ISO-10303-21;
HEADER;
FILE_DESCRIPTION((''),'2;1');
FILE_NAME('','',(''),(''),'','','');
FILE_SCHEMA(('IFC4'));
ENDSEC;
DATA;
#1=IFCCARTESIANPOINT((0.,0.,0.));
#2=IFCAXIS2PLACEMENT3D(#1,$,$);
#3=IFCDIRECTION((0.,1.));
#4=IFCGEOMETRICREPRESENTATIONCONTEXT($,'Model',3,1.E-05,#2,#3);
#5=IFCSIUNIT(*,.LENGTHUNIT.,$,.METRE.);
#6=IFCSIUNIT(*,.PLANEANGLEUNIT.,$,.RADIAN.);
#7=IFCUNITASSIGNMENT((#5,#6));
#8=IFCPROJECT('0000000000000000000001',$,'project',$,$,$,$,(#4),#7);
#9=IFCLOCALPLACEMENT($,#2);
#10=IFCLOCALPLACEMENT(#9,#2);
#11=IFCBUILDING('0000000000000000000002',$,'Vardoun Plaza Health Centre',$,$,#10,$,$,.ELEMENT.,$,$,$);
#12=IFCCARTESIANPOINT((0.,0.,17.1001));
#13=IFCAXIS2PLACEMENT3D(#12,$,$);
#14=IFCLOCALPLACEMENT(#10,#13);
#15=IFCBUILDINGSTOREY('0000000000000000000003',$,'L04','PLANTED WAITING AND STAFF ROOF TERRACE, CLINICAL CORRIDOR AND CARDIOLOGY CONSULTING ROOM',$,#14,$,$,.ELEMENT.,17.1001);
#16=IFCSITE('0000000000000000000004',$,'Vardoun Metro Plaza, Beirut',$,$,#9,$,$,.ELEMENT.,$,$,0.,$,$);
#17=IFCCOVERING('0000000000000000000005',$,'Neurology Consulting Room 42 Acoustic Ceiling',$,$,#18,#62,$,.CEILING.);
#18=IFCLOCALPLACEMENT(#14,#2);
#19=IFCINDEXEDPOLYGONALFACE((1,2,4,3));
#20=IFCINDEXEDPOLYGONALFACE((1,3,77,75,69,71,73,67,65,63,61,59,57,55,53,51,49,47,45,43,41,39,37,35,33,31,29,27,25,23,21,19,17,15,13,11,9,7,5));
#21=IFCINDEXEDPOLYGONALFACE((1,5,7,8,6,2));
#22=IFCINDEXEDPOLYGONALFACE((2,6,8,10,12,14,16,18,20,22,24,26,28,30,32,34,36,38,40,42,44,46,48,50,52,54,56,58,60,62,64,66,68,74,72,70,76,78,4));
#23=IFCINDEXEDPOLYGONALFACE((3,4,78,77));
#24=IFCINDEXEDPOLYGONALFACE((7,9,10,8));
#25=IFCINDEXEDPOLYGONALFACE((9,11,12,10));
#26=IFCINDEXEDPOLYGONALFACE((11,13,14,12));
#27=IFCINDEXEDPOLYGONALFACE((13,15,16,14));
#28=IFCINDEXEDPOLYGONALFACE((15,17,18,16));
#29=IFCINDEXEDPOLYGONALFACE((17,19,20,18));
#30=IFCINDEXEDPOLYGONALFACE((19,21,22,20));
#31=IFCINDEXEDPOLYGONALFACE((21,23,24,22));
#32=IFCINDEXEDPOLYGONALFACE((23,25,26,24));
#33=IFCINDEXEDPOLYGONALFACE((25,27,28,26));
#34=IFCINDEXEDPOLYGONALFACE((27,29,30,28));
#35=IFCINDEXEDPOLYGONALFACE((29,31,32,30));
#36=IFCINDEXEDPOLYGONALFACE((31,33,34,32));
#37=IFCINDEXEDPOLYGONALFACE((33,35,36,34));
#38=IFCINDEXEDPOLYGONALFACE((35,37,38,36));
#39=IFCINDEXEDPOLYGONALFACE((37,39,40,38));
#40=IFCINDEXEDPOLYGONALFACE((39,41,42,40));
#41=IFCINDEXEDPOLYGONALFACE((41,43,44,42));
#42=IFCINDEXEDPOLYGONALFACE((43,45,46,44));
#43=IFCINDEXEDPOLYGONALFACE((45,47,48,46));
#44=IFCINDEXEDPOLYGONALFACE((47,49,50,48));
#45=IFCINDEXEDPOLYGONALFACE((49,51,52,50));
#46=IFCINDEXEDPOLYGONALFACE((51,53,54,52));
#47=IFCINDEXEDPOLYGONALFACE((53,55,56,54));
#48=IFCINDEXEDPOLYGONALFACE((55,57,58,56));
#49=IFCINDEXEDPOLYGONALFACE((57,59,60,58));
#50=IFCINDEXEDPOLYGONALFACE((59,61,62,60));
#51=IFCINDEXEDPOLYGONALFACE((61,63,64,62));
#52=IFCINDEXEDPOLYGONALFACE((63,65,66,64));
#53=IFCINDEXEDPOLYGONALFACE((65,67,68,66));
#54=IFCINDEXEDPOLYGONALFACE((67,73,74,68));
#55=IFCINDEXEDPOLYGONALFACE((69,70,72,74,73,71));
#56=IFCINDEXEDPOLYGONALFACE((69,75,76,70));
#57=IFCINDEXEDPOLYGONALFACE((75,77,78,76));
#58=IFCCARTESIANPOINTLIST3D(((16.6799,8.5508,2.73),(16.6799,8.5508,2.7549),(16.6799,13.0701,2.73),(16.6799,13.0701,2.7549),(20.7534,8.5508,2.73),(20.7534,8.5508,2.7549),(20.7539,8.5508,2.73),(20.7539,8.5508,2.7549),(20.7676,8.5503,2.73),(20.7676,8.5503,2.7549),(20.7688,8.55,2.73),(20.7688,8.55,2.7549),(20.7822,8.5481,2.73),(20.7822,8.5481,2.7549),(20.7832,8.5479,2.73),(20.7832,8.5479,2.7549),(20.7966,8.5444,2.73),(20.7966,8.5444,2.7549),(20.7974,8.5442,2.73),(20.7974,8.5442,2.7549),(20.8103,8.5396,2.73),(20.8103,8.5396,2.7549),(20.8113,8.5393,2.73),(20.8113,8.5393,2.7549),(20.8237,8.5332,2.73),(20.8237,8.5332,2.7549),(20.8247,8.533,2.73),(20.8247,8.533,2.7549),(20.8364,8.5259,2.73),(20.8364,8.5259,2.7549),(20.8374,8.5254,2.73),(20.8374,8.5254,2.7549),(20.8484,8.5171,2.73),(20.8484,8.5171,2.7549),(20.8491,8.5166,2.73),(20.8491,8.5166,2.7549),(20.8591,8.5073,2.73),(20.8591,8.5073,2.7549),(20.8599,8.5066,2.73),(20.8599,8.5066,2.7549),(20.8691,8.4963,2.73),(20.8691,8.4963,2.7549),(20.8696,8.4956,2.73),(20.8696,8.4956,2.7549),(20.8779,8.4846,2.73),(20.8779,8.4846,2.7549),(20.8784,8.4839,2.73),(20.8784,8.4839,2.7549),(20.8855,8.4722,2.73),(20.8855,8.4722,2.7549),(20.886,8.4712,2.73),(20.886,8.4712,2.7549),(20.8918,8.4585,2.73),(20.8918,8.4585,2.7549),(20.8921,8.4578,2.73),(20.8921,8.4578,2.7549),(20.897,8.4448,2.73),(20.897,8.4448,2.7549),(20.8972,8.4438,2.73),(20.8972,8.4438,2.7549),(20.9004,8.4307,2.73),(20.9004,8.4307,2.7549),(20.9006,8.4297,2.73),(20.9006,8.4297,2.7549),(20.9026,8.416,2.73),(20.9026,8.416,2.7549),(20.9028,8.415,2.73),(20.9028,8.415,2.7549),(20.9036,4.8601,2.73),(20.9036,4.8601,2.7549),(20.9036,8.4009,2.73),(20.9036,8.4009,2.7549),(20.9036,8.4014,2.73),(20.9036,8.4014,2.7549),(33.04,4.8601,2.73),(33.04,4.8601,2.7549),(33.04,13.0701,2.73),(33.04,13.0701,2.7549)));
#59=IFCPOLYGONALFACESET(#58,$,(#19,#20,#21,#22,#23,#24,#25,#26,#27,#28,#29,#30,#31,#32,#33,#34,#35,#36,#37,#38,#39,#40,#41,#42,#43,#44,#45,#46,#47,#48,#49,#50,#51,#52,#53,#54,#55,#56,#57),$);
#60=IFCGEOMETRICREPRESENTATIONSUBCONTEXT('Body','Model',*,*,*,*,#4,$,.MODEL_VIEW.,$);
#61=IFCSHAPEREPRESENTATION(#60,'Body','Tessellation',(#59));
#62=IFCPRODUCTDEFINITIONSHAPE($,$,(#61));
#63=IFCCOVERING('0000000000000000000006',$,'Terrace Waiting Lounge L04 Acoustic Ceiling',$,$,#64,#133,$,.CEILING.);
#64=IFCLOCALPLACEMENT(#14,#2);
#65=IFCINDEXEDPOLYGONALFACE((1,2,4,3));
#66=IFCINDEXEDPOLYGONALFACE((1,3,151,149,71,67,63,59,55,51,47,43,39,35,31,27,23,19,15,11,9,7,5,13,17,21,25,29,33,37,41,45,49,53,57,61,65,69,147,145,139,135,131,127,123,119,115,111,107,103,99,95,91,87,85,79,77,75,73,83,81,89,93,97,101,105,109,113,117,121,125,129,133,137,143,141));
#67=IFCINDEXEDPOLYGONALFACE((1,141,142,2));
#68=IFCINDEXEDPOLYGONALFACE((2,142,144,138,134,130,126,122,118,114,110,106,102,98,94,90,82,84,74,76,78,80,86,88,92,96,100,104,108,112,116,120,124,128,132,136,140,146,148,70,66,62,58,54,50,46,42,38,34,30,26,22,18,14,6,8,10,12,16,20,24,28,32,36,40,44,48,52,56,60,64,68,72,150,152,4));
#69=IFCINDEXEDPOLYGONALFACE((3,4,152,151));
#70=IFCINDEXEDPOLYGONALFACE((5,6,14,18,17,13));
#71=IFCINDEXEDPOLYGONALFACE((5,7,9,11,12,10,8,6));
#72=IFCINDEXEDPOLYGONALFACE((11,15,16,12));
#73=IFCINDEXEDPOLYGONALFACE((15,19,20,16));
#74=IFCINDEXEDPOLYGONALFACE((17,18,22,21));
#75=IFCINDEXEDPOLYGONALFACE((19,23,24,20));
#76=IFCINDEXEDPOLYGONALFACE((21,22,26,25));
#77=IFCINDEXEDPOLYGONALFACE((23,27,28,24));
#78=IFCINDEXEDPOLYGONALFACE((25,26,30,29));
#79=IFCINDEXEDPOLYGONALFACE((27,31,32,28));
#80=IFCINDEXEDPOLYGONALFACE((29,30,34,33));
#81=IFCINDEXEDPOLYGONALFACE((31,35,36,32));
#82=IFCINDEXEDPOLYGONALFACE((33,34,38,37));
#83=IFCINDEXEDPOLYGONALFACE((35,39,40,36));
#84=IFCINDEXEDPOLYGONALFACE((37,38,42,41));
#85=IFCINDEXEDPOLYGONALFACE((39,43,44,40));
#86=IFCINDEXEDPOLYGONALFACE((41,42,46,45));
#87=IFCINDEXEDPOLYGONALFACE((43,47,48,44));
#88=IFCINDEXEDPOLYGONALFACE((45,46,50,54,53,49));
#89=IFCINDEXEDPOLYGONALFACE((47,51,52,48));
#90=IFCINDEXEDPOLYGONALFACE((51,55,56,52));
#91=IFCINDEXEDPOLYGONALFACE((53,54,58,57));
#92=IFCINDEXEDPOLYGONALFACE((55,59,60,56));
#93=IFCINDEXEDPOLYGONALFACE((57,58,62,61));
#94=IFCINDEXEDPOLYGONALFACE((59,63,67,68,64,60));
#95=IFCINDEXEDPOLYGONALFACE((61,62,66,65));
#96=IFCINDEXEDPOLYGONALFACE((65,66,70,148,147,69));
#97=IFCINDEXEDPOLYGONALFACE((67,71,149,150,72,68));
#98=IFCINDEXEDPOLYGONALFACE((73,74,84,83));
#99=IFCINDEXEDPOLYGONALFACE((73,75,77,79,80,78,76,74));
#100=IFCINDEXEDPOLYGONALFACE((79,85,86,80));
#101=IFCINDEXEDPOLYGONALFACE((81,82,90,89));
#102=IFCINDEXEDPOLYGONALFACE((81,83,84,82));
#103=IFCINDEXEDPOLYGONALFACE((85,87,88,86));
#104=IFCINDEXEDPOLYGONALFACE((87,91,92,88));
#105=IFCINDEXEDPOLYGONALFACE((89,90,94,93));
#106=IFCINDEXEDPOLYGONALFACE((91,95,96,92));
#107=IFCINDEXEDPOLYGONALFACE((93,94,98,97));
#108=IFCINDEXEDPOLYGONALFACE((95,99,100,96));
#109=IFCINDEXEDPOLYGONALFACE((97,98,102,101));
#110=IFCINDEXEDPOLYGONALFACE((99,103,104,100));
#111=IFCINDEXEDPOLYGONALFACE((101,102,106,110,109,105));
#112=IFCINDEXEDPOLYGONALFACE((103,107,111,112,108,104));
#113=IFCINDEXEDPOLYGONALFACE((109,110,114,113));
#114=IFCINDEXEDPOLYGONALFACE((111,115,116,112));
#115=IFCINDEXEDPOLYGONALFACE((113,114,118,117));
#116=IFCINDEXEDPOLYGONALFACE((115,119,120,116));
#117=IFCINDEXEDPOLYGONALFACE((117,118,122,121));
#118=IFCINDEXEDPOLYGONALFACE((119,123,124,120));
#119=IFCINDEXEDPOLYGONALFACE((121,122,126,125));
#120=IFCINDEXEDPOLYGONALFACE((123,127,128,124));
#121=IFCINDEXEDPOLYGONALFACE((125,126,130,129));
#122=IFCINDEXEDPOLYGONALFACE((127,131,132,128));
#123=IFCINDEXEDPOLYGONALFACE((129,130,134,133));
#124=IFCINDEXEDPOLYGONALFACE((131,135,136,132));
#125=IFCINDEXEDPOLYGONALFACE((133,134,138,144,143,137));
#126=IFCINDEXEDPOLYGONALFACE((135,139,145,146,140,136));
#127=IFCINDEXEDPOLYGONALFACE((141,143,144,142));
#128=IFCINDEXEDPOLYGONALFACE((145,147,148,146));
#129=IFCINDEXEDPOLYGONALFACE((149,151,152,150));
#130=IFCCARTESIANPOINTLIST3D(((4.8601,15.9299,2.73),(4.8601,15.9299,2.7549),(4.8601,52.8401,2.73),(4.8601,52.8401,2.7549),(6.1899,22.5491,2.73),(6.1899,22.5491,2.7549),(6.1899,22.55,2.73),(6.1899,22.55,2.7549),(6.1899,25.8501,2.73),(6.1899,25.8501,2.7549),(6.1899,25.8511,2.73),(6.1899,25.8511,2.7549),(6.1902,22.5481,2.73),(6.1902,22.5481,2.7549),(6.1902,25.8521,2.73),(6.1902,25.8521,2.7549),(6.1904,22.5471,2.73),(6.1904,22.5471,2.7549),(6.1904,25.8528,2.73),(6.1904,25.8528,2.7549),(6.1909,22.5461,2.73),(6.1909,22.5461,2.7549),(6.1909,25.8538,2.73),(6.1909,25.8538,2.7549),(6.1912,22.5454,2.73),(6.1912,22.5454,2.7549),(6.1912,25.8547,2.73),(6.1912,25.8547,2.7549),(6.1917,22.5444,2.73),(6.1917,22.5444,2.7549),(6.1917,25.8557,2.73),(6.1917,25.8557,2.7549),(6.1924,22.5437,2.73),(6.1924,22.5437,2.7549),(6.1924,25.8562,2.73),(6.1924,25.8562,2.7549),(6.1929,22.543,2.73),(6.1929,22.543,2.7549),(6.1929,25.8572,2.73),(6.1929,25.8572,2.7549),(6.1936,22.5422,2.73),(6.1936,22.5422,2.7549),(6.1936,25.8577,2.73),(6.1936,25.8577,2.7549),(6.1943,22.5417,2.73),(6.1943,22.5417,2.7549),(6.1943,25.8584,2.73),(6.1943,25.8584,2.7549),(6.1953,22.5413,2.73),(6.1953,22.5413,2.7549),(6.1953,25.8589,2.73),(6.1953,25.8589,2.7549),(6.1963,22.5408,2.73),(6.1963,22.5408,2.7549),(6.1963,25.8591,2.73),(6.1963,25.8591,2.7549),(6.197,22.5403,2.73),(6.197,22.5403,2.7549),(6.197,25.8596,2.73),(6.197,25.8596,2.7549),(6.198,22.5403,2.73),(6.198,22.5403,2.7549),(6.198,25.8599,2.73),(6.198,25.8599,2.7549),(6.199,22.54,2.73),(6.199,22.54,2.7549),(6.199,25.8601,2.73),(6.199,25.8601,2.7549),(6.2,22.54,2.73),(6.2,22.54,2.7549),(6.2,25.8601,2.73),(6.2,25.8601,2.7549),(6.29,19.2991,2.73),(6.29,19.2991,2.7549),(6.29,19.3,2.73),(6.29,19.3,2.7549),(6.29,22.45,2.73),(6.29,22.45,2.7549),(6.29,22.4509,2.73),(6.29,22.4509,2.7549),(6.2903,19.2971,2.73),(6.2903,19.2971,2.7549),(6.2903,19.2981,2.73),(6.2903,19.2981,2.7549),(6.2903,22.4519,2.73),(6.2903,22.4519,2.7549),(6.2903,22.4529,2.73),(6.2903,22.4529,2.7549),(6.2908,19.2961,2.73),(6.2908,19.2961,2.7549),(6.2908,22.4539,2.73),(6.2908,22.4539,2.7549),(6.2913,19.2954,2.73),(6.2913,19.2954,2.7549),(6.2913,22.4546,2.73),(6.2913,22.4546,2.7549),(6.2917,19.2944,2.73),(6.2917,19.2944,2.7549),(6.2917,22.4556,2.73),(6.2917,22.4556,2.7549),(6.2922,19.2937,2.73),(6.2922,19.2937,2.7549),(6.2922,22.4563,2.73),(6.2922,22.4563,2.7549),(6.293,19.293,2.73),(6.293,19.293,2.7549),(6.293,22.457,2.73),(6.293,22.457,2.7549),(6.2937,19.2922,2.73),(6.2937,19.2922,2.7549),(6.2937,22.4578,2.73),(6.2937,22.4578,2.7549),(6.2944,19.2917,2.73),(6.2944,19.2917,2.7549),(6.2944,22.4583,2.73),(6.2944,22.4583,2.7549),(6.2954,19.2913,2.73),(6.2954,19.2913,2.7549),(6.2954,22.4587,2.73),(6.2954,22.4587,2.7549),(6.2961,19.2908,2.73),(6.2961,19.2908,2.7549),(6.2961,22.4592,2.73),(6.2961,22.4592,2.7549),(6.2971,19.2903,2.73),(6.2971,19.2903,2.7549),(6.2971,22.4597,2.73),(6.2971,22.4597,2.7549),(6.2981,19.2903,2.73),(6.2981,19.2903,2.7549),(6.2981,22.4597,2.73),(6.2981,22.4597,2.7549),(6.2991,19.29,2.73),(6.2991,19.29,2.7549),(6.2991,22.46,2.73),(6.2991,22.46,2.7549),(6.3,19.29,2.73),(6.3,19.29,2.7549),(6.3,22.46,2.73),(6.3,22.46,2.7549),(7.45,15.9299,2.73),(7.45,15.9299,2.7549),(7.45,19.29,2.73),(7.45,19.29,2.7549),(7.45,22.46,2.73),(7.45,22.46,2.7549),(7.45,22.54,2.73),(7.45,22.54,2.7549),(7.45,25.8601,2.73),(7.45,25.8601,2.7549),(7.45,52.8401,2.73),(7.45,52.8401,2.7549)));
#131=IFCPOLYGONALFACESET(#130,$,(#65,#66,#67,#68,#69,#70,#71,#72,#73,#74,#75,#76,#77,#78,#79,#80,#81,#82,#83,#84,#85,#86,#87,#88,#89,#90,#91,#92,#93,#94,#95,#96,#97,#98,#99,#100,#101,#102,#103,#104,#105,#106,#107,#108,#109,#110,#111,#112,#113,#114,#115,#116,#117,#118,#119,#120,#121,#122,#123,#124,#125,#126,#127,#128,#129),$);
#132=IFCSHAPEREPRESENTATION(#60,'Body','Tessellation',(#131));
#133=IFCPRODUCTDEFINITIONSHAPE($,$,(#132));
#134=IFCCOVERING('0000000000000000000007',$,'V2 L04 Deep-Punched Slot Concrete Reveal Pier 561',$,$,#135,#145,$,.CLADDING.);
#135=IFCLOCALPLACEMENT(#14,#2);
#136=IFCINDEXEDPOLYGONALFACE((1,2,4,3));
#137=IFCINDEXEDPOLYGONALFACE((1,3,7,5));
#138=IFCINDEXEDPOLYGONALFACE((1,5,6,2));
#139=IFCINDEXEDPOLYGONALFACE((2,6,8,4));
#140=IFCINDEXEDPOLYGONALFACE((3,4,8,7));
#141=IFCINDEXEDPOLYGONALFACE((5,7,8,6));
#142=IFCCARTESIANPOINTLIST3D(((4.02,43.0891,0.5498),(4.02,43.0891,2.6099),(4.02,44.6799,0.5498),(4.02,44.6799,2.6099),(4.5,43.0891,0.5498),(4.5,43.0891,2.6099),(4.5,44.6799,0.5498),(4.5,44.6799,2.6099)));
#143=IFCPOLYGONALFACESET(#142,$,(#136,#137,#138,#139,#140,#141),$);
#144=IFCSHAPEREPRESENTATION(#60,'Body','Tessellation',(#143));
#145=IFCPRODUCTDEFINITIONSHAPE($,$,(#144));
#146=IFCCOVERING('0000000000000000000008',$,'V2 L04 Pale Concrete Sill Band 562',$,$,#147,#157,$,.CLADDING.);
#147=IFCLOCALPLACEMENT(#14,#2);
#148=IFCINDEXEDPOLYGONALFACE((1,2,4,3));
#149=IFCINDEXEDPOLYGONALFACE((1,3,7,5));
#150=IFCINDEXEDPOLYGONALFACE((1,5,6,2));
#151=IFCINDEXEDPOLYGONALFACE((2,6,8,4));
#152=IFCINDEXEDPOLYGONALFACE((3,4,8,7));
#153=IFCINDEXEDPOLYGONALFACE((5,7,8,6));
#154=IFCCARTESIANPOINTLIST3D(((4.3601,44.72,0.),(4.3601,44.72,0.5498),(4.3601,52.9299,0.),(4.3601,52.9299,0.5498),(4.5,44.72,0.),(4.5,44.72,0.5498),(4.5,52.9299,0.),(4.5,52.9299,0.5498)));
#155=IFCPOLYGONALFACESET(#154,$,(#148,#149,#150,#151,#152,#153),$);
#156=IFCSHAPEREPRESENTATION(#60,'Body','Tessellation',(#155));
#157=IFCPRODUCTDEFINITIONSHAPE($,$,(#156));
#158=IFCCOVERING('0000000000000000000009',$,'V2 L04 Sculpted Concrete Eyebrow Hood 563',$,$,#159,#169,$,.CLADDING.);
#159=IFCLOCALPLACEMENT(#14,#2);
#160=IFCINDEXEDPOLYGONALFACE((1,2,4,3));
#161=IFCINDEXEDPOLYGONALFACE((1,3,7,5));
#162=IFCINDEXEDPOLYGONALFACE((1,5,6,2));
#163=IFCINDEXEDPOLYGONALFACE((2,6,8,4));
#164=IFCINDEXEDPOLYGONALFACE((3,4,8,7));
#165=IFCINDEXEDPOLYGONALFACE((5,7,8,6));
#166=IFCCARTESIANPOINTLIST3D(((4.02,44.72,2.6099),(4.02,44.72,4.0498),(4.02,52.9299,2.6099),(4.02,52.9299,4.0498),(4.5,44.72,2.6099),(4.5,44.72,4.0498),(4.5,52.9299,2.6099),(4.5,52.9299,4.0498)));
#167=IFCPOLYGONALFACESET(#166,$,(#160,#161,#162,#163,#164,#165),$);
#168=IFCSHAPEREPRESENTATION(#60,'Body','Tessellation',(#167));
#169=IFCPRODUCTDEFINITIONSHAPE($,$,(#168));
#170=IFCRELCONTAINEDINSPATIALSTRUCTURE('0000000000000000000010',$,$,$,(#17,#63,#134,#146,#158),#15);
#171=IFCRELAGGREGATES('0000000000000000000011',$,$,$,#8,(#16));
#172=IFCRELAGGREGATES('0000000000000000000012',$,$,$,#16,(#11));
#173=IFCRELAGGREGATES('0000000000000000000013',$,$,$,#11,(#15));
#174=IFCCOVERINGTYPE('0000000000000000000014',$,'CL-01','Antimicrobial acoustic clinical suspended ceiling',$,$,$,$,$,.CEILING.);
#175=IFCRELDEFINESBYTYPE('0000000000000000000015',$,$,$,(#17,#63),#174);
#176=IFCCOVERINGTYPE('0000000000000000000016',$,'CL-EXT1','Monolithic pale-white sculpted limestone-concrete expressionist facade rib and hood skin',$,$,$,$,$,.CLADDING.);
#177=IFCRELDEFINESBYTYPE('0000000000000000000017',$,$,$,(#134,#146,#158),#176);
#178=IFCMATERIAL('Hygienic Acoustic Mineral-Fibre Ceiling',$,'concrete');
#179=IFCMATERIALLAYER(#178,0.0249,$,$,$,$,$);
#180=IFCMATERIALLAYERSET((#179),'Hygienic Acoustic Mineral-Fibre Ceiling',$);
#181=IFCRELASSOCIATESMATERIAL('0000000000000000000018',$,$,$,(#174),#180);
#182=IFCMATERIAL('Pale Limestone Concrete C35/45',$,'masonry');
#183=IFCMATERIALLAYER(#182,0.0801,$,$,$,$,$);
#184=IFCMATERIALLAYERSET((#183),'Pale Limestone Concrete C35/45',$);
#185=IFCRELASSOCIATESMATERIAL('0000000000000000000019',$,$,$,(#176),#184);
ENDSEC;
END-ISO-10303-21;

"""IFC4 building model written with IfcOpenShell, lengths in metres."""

from ifc_helpers import new_model, si_unit, direction, frame, origin, place, context, subcontext, project, spatial, polyline, outline, extrude, material, layer, layer_set, type_object, element, save


model = new_model("IFC4")

# Units and contexts
model_context = context("Model", 3, precision=1e-05, world=origin(), true_north=direction((0.0, 1.0)))
body_context = subcontext(model_context, "Body", "Model", "MODEL_VIEW")
ifc_project = project(units=[si_unit("LENGTHUNIT", "METRE"), si_unit("PLANEANGLEUNIT", "RADIAN")], contexts=[model_context])

# Site, building, storey
site_placement = place(None, origin())
site = spatial("IfcSite", under=ifc_project, at=site_placement, Name="Vardoun Metro Plaza, Beirut", CompositionType="ELEMENT", RefElevation=0.0)
building_placement = place(site_placement, origin())
building = spatial("IfcBuilding", under=site, at=building_placement, Name="Vardoun Plaza Health Centre", CompositionType="ELEMENT")
storey_placement = place(building_placement, frame((0.0, 0.0, 17.1001)))
storey = spatial("IfcBuildingStorey", under=building, at=storey_placement, Name="L04", Description="PLANTED WAITING AND STAFF ROOF TERRACE, CLINICAL CORRIDOR AND CARDIOLOGY CONSULTING ROOM", CompositionType="ELEMENT", Elevation=17.1001)

# Coverings
ifc_material_1 = material(Name="Hygienic Acoustic Mineral-Fibre Ceiling", Category="concrete")
ifc_layer_1 = layer(ifc_material_1, 0.0249)
ifc_layer_set_1 = layer_set([ifc_layer_1], Name="Hygienic Acoustic Mineral-Fibre Ceiling")
covering_type_1 = type_object("IfcCoveringType", Name="CL-01", Description="Antimicrobial acoustic clinical suspended ceiling", PredefinedType="CEILING", material=ifc_layer_set_1)
covering_1_placement = place(storey_placement, frame((0.0, 0.0, 2.73)))
element("IfcCovering", 1, at=covering_1_placement, inside=storey, type_object=covering_type_1, Name="Neurology Consulting Room 42 Acoustic Ceiling", PredefinedType="CEILING", context=body_context, shape_type="SweptSolid", body=[
    extrude(outline(polyline([(20.9036, 4.8601), (20.9036, 8.4009), (20.9036, 8.4014), (20.9028, 8.415), (20.9026, 8.416), (20.9006, 8.4297), (20.9004, 8.4307), (20.8972, 8.4438), (20.897, 8.4448), (20.8921, 8.4578), (20.8918, 8.4585), (20.886, 8.4712), (20.8855, 8.4722), (20.8784, 8.4839), (20.8779, 8.4846), (20.8696, 8.4956), (20.8691, 8.4963), (20.8599, 8.5066), (20.8591, 8.5073), (20.8491, 8.5166), (20.8484, 8.5171), (20.8374, 8.5254), (20.8364, 8.5259), (20.8247, 8.533), (20.8237, 8.5332), (20.8113, 8.5393), (20.8103, 8.5396), (20.7974, 8.5442), (20.7966, 8.5444), (20.7832, 8.5479), (20.7822, 8.5481), (20.7688, 8.55), (20.7676, 8.5503), (20.7539, 8.5508), (20.7534, 8.5508), (16.6799, 8.5508), (16.6799, 13.0701), (33.04, 13.0701), (33.04, 4.8601), (20.9036, 4.8601)])), origin(), (0.0, 0.0, 1.0), 0.0249),
])
covering_2_placement = place(storey_placement, frame((0.0, 0.0, 2.73)))
element("IfcCovering", 2, at=covering_2_placement, inside=storey, type_object=covering_type_1, Name="Terrace Waiting Lounge L04 Acoustic Ceiling", PredefinedType="CEILING", context=body_context, shape_type="SweptSolid", body=[
    extrude(outline(polyline([(4.8601, 52.8401), (7.45, 52.8401), (7.45, 25.8601), (6.2, 25.8601), (6.199, 25.8601), (6.198, 25.8599), (6.197, 25.8596), (6.1963, 25.8591), (6.1953, 25.8589), (6.1943, 25.8584), (6.1936, 25.8577), (6.1929, 25.8572), (6.1924, 25.8562), (6.1917, 25.8557), (6.1912, 25.8547), (6.1909, 25.8538), (6.1904, 25.8528), (6.1902, 25.8521), (6.1899, 25.8511), (6.1899, 25.8501), (6.1899, 22.55), (6.1899, 22.5491), (6.1902, 22.5481), (6.1904, 22.5471), (6.1909, 22.5461), (6.1912, 22.5454), (6.1917, 22.5444), (6.1924, 22.5437), (6.1929, 22.543), (6.1936, 22.5422), (6.1943, 22.5417), (6.1953, 22.5413), (6.1963, 22.5408), (6.197, 22.5403), (6.198, 22.5403), (6.199, 22.54), (6.2, 22.54), (7.45, 22.54), (7.45, 22.46), (6.3, 22.46), (6.2991, 22.46), (6.2981, 22.4597), (6.2971, 22.4597), (6.2961, 22.4592), (6.2954, 22.4587), (6.2944, 22.4583), (6.2937, 22.4578), (6.293, 22.457), (6.2922, 22.4563), (6.2917, 22.4556), (6.2913, 22.4546), (6.2908, 22.4539), (6.2903, 22.4529), (6.2903, 22.4519), (6.29, 22.4509), (6.29, 22.45), (6.29, 19.3), (6.29, 19.2991), (6.2903, 19.2981), (6.2903, 19.2971), (6.2908, 19.2961), (6.2913, 19.2954), (6.2917, 19.2944), (6.2922, 19.2937), (6.293, 19.293), (6.2937, 19.2922), (6.2944, 19.2917), (6.2954, 19.2913), (6.2961, 19.2908), (6.2971, 19.2903), (6.2981, 19.2903), (6.2991, 19.29), (6.3, 19.29), (7.45, 19.29), (7.45, 15.9299), (4.8601, 15.9299), (4.8601, 52.8401)])), origin(), (0.0, 0.0, 1.0), 0.0249),
])
ifc_material_2 = material(Name="Pale Limestone Concrete C35/45", Category="masonry")
ifc_layer_2 = layer(ifc_material_2, 0.0801)
ifc_layer_set_2 = layer_set([ifc_layer_2], Name="Pale Limestone Concrete C35/45")
covering_type_2 = type_object("IfcCoveringType", Name="CL-EXT1", Description="Monolithic pale-white sculpted limestone-concrete expressionist facade rib and hood skin", PredefinedType="CLADDING", material=ifc_layer_set_2)
covering_3_placement = place(storey_placement, frame((0.0, 0.0, 0.5498)))
element("IfcCovering", 3, at=covering_3_placement, inside=storey, type_object=covering_type_2, Name="V2 L04 Deep-Punched Slot Concrete Reveal Pier 561", PredefinedType="CLADDING", context=body_context, shape_type="SweptSolid", body=[
    extrude(outline(polyline([(4.5, 43.0891), (4.5, 44.6799), (4.02, 44.6799), (4.02, 43.0891), (4.5, 43.0891)])), origin(), (0.0, 0.0, 1.0), 2.0601),
])
covering_4_placement = place(storey_placement, origin())
element("IfcCovering", 4, at=covering_4_placement, inside=storey, type_object=covering_type_2, Name="V2 L04 Pale Concrete Sill Band 562", PredefinedType="CLADDING", context=body_context, shape_type="SweptSolid", body=[
    extrude(outline(polyline([(4.5, 44.72), (4.5, 52.9299), (4.3601, 52.9299), (4.3601, 44.72), (4.5, 44.72)])), origin(), (0.0, 0.0, 1.0), 0.5498),
])
covering_5_placement = place(storey_placement, frame((0.0, 0.0, 2.6099)))
element("IfcCovering", 5, at=covering_5_placement, inside=storey, type_object=covering_type_2, Name="V2 L04 Sculpted Concrete Eyebrow Hood 563", PredefinedType="CLADDING", context=body_context, shape_type="SweptSolid", body=[
    extrude(outline(polyline([(4.5, 44.72), (4.5, 52.9299), (4.02, 52.9299), (4.02, 44.72), (4.5, 44.72)])), origin(), (0.0, 0.0, 1.0), 1.4399),
])

save(model, "model.ifc")
